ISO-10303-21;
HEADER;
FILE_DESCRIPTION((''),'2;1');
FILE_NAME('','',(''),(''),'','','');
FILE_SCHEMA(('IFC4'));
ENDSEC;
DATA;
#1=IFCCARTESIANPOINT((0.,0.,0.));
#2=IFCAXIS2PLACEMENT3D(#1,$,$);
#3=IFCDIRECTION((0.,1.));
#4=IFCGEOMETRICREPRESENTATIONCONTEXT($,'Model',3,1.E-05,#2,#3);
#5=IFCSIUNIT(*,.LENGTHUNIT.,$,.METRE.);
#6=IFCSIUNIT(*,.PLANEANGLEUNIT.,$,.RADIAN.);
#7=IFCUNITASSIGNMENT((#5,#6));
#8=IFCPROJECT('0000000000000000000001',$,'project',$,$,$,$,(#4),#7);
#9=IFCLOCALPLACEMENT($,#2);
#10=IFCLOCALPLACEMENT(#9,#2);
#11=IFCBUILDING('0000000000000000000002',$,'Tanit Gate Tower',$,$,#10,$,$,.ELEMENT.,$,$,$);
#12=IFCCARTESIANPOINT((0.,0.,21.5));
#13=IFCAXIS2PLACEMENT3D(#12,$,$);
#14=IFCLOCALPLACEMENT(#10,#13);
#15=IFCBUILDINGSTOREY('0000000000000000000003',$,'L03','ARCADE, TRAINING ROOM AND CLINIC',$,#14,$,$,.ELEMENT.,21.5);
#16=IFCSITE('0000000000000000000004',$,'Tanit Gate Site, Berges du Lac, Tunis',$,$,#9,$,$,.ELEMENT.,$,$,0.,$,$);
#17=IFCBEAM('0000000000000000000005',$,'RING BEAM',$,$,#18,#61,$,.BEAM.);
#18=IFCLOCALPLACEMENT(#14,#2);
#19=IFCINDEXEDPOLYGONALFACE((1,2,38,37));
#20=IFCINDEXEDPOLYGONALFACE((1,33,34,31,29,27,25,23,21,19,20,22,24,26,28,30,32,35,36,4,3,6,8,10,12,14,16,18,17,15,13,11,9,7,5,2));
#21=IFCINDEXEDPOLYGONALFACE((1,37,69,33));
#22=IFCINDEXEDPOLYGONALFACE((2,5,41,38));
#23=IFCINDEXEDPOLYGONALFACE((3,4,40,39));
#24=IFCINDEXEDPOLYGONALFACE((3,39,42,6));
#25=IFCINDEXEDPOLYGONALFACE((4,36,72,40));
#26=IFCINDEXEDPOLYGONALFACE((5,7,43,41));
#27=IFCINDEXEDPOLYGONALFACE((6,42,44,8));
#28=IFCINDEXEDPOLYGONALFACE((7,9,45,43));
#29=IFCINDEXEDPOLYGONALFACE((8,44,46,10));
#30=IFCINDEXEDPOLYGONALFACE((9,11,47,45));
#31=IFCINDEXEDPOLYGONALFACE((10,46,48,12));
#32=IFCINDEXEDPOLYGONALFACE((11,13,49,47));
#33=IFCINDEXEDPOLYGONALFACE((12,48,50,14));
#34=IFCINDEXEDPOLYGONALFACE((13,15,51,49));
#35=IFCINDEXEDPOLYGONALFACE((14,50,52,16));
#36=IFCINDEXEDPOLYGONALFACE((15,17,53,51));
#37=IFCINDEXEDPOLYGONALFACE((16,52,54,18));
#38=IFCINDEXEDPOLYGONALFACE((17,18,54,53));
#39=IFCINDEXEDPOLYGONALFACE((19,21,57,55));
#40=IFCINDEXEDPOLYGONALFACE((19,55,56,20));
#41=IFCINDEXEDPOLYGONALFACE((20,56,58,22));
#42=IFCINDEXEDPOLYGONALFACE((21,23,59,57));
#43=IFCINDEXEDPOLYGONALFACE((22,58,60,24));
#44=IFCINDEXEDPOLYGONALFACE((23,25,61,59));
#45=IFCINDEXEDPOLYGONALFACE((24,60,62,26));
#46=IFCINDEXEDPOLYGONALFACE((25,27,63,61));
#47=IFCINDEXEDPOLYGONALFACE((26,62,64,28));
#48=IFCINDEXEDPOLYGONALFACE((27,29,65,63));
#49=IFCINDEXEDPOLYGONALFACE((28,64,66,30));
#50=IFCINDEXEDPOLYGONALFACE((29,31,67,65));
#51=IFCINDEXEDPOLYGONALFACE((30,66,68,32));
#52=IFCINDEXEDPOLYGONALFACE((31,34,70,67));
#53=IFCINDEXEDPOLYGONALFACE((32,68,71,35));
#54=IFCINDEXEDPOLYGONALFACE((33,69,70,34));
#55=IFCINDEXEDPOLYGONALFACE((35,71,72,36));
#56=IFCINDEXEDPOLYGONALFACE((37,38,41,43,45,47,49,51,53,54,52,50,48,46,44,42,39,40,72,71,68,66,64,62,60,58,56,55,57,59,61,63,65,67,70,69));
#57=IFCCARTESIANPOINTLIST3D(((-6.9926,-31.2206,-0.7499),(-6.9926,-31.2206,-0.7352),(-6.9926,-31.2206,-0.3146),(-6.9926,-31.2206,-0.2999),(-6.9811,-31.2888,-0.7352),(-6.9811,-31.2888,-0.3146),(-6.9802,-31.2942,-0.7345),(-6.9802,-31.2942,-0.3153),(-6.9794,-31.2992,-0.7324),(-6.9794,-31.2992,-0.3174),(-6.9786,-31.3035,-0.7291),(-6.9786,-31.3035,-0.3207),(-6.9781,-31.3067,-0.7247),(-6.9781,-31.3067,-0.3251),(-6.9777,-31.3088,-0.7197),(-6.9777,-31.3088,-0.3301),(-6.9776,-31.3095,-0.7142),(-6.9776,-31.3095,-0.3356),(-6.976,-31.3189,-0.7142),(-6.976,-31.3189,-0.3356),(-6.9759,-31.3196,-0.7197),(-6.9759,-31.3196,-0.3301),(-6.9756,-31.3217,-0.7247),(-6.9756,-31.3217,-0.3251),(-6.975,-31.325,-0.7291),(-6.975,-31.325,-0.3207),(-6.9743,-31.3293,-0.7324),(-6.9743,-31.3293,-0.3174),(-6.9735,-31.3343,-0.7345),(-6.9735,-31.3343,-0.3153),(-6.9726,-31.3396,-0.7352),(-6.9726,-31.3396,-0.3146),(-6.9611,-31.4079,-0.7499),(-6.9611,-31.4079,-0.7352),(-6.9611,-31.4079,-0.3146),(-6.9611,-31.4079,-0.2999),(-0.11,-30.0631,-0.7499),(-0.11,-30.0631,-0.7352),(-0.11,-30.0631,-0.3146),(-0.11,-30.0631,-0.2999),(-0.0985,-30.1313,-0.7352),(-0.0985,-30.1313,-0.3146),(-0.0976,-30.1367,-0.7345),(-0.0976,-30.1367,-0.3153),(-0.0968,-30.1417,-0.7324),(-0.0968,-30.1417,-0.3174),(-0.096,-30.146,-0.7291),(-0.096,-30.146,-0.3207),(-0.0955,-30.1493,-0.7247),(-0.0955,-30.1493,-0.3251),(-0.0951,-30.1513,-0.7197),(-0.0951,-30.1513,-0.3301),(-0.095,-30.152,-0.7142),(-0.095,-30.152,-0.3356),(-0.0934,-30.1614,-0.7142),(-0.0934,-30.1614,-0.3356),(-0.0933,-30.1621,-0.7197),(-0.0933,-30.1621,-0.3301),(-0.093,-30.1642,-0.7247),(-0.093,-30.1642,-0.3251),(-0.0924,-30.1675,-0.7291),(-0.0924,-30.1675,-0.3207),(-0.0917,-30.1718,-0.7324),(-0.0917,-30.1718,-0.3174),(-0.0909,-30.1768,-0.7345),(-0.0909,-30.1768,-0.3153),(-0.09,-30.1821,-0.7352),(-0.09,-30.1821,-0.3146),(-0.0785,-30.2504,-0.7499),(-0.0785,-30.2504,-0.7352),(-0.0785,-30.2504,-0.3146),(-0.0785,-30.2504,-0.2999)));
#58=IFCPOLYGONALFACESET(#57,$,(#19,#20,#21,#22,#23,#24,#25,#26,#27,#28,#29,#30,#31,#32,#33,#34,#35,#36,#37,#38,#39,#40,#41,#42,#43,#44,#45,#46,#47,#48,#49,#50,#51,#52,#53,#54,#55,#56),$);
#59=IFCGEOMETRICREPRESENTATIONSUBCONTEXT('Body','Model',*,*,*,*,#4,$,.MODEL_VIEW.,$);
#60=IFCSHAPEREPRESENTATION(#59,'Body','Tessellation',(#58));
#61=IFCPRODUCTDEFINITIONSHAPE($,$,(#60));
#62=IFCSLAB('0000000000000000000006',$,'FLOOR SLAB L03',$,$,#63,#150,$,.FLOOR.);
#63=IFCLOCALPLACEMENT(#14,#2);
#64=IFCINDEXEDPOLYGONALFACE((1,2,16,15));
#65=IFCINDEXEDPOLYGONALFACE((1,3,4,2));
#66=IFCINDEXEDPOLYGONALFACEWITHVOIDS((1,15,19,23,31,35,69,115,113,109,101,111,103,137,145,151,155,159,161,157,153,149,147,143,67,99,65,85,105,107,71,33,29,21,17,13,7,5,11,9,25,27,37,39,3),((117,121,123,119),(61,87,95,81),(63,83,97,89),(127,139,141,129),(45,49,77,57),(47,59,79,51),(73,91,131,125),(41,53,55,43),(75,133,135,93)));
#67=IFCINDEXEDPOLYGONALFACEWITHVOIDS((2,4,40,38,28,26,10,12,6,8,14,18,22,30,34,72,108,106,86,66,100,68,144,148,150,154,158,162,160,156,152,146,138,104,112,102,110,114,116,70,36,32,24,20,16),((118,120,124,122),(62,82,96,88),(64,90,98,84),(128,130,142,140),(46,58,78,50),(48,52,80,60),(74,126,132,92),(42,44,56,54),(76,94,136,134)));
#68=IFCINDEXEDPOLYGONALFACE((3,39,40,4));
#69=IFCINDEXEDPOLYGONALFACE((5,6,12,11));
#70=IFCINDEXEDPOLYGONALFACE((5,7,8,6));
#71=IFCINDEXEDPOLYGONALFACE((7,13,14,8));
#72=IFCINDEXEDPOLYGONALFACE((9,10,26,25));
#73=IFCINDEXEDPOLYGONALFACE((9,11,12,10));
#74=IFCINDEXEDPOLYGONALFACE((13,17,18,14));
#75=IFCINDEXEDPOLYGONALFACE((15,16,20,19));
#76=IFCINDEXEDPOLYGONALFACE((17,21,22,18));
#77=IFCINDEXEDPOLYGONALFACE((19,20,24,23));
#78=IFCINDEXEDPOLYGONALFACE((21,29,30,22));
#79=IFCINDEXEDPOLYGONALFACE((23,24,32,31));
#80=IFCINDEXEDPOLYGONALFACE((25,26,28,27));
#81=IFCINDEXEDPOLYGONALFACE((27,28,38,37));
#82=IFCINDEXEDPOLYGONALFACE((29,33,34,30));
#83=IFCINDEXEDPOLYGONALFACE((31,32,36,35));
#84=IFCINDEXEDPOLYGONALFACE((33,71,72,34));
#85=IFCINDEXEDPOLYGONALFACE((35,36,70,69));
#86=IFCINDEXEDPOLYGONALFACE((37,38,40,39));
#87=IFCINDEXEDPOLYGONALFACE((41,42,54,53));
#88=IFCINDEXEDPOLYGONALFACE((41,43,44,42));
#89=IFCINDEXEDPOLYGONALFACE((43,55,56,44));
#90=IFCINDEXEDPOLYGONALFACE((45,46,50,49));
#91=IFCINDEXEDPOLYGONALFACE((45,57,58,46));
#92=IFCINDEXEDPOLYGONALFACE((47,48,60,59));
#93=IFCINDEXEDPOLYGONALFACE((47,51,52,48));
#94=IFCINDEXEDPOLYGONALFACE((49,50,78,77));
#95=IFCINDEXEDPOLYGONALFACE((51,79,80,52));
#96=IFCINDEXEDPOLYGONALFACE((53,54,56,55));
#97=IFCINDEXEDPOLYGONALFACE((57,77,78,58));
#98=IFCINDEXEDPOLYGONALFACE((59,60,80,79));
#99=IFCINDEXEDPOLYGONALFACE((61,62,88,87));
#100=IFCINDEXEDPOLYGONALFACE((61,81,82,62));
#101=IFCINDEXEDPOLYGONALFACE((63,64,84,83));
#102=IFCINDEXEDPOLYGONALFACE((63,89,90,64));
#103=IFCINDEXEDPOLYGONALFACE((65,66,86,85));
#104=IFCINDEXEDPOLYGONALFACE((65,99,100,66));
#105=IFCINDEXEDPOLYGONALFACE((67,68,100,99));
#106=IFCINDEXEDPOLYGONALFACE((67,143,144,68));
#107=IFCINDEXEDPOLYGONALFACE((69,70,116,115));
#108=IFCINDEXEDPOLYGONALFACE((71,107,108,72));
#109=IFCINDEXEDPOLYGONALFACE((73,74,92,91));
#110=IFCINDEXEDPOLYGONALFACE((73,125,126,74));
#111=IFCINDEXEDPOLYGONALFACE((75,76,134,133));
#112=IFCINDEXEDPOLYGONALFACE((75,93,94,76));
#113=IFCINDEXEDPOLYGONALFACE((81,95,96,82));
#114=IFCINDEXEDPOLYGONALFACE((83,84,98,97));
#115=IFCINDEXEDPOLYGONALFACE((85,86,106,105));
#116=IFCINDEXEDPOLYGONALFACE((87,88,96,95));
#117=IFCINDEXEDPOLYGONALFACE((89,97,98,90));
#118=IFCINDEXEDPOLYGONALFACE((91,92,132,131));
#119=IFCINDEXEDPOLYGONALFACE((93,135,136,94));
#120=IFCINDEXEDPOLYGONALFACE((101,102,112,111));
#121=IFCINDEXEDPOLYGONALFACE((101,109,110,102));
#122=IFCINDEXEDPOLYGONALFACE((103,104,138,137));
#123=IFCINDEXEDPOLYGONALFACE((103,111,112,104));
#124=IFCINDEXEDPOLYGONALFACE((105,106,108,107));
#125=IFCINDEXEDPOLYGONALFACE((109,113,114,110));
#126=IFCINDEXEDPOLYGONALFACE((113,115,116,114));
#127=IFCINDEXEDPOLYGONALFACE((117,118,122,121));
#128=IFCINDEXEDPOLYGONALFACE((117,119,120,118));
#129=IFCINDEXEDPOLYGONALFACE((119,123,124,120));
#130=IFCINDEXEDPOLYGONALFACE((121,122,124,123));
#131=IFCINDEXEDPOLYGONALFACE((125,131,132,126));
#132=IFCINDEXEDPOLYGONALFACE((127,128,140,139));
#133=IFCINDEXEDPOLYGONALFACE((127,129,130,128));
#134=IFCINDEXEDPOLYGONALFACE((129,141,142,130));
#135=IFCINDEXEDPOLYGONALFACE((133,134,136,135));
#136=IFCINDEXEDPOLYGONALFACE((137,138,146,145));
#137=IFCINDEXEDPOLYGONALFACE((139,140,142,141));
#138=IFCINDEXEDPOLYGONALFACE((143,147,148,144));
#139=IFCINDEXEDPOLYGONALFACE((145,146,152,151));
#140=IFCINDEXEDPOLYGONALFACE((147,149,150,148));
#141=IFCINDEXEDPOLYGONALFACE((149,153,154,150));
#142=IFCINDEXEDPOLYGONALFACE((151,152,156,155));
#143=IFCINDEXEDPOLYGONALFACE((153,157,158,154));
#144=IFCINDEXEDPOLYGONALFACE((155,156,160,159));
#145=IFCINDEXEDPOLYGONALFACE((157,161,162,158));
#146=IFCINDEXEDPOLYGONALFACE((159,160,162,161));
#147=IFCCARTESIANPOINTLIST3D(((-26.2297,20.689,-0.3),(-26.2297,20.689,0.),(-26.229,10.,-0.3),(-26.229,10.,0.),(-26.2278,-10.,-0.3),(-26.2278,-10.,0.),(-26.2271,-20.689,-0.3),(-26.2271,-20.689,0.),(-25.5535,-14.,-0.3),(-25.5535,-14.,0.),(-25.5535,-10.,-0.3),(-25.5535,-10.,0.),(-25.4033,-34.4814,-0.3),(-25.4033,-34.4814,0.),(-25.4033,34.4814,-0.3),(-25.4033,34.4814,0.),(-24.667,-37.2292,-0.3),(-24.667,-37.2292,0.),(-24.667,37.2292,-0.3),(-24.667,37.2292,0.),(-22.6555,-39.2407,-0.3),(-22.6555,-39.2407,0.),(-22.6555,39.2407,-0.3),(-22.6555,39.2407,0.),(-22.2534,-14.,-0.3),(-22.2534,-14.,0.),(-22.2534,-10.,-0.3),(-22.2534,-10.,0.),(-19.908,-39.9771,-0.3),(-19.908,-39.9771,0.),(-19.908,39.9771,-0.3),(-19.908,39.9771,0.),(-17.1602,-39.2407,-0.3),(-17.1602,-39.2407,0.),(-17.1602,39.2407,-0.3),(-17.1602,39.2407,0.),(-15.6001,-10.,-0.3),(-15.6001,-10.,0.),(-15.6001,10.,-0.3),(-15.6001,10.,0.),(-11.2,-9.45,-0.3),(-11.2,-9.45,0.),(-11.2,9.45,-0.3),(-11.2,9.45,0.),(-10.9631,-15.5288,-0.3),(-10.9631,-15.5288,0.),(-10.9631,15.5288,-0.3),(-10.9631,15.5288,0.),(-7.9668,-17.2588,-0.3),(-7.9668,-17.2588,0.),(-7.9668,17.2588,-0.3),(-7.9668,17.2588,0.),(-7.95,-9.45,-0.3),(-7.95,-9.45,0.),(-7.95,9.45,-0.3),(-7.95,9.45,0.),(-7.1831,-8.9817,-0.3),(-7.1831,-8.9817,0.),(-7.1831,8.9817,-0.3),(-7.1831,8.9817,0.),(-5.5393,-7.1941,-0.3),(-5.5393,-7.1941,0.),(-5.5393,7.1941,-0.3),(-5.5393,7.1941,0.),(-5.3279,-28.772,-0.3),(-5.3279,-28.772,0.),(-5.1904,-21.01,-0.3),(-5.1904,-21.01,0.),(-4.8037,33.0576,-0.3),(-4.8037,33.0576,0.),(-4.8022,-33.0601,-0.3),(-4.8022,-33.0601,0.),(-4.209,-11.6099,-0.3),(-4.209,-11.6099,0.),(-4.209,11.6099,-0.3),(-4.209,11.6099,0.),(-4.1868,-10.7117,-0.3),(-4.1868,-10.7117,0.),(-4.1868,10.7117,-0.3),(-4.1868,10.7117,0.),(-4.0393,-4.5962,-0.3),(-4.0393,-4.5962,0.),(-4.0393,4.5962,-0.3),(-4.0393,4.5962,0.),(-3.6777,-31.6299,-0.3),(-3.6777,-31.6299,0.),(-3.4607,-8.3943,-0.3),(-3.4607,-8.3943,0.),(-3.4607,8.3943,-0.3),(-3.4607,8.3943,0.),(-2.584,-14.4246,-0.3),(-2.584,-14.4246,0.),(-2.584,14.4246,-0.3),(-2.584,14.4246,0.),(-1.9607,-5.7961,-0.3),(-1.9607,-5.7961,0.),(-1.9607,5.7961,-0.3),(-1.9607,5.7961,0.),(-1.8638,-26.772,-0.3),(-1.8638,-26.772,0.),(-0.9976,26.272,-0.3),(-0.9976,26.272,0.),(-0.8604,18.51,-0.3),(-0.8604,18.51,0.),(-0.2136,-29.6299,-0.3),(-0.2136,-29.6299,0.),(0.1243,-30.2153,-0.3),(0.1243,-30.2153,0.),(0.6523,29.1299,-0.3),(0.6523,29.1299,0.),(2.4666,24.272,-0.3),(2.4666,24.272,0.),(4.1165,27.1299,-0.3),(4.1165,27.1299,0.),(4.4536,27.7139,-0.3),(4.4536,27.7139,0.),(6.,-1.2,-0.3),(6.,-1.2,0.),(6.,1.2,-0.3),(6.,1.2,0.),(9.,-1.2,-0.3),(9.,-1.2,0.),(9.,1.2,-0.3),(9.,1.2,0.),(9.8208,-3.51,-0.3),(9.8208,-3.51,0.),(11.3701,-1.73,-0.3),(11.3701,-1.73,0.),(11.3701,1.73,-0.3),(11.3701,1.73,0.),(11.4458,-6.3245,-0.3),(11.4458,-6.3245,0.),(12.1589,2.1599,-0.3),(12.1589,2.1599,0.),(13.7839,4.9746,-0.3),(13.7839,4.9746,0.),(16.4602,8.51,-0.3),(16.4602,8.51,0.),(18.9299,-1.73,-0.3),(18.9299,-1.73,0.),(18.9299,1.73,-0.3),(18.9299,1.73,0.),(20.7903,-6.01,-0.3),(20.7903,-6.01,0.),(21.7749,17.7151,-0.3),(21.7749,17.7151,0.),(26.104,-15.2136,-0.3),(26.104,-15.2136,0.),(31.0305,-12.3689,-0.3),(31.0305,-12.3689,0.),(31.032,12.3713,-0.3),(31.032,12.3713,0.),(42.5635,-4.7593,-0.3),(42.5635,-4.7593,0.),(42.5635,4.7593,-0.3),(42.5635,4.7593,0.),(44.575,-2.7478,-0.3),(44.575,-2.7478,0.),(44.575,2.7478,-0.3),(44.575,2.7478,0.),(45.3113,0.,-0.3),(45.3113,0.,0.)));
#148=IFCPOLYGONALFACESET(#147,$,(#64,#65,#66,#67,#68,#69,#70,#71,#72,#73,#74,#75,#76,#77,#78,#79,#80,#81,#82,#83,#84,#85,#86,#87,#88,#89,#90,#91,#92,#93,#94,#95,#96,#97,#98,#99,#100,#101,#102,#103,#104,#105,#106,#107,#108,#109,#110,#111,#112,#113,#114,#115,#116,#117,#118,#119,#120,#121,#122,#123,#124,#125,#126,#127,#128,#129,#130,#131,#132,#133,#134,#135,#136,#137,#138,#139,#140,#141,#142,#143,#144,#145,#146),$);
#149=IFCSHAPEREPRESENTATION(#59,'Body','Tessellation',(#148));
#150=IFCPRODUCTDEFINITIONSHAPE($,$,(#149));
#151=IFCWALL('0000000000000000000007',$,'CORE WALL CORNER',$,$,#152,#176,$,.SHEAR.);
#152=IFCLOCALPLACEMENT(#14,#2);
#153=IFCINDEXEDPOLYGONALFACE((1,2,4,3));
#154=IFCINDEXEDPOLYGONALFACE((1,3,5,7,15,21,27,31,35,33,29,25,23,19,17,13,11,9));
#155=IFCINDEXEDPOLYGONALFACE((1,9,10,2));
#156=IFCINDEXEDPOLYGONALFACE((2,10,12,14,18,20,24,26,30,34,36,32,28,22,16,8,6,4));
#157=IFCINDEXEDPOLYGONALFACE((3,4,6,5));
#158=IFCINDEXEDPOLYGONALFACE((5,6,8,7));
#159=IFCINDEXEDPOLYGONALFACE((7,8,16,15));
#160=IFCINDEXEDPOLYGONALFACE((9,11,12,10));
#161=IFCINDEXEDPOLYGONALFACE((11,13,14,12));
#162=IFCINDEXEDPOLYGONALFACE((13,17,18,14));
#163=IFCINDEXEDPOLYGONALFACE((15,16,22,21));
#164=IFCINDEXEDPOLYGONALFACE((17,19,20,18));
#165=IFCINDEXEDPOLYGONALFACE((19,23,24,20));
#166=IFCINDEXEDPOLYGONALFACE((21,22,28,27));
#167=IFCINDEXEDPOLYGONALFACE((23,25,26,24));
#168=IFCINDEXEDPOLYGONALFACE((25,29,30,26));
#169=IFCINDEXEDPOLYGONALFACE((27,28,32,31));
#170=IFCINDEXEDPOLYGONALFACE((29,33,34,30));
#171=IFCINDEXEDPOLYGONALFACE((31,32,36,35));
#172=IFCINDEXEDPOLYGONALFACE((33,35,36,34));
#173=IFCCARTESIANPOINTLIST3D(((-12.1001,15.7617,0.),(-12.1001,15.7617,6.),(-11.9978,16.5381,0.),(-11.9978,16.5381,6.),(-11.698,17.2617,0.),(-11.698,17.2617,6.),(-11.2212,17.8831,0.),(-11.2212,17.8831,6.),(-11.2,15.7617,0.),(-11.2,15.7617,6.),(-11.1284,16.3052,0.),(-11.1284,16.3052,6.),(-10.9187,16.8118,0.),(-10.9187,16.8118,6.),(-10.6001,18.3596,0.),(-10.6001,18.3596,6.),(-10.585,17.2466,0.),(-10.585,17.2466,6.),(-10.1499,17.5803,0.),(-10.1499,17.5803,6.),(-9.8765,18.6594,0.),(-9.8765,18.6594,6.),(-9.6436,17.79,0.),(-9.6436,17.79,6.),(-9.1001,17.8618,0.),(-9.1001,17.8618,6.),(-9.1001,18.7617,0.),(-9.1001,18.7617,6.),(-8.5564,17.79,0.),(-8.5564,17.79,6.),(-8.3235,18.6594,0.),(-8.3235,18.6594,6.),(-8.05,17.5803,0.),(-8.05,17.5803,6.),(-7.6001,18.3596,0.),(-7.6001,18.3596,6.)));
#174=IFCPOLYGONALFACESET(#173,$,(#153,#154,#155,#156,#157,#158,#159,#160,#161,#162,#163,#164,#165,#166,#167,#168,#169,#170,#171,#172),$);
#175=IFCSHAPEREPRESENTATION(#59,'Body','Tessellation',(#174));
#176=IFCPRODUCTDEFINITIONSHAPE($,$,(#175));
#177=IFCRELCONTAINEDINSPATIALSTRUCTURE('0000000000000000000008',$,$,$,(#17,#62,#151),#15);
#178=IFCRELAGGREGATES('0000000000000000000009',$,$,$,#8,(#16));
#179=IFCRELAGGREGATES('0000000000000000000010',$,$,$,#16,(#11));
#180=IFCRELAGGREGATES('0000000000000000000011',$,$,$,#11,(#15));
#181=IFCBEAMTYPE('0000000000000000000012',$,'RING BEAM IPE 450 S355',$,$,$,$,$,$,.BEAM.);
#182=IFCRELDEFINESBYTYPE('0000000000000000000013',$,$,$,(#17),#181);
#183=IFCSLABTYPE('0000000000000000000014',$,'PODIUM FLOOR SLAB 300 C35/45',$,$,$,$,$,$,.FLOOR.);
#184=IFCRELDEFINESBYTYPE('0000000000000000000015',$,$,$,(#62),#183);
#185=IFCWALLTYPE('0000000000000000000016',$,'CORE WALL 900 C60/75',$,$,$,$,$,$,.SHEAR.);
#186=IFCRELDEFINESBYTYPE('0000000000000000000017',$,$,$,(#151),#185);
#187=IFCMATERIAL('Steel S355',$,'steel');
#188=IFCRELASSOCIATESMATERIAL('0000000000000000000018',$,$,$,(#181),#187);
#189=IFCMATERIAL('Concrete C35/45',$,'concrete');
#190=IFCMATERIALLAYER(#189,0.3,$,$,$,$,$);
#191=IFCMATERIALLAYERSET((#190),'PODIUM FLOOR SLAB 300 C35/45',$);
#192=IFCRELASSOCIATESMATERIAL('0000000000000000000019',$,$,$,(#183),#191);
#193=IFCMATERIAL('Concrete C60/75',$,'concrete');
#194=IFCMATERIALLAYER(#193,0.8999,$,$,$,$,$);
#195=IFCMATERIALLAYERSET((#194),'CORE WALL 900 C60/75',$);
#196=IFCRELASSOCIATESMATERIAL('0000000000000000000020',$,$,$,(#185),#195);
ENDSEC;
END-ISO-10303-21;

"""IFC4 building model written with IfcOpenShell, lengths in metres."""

from ifc_helpers import new_model, si_unit, direction, frame, origin, origin_2d, place, context, subcontext, project, spatial, polyline, i_section, outline, extrude, material, layer, layer_set, material_profile, profile_set, type_object, element, save


model = new_model("IFC4")

# Units and contexts
model_context = context("Model", 3, precision=1e-05, world=origin(), true_north=direction((0.0, 1.0)))
body_context = subcontext(model_context, "Body", "Model", "MODEL_VIEW")
ifc_project = project(units=[si_unit("LENGTHUNIT", "METRE"), si_unit("PLANEANGLEUNIT", "RADIAN")], contexts=[model_context])

# Site, building, storey
site_placement = place(None, origin())
site = spatial("IfcSite", under=ifc_project, at=site_placement, Name="Tanit Gate Site, Berges du Lac, Tunis", CompositionType="ELEMENT", RefElevation=0.0)
building_placement = place(site_placement, origin())
building = spatial("IfcBuilding", under=site, at=building_placement, Name="Tanit Gate Tower", CompositionType="ELEMENT")
storey_placement = place(building_placement, frame((0.0, 0.0, 21.5)))
storey = spatial("IfcBuildingStorey", under=building, at=storey_placement, Name="L03", Description="ARCADE, TRAINING ROOM AND CLINIC", CompositionType="ELEMENT", Elevation=21.5)

# Beam
ifc_material_1 = material(Name="Steel S355", Category="steel")
ifc_material_profile = material_profile(ifc_material_1, i_section(OverallWidth=0.1899, OverallDepth=0.45, WebThickness=0.0095, FlangeThickness=0.0146, FilletRadius=0.021, at=origin_2d()), Name="IPE 450")
ifc_profile_set = profile_set([ifc_material_profile], Name="Steel S355")
beam_type = type_object("IfcBeamType", Name="RING BEAM IPE 450 S355", PredefinedType="BEAM", material=ifc_profile_set)
beam_placement = place(storey_placement, frame((-0.0942, -30.1567, -0.5249), z_axis=(-0.986152, -0.165845, 0.0), x_axis=(0.165845, -0.986152, 0.0)))
element("IfcBeam", 1, at=beam_placement, inside=storey, type_object=beam_type, Name="RING BEAM", PredefinedType="BEAM", context=body_context, shape_type="SweptSolid", body=[
    extrude(i_section(OverallWidth=0.1899, OverallDepth=0.45, WebThickness=0.0095, FlangeThickness=0.0146, FilletRadius=0.021, at=origin_2d()), origin(), (0.0, 0.0, 1.0), 6.9792),
])

# Slab
ifc_material_2 = material(Name="Concrete C35/45", Category="concrete")
ifc_layer_1 = layer(ifc_material_2, 0.3)
ifc_layer_set_1 = layer_set([ifc_layer_1], Name="PODIUM FLOOR SLAB 300 C35/45")
slab_type = type_object("IfcSlabType", Name="PODIUM FLOOR SLAB 300 C35/45", PredefinedType="FLOOR", material=ifc_layer_set_1)
slab_placement = place(storey_placement, frame((0.0, 0.0, -0.3)))
element("IfcSlab", 2, at=slab_placement, inside=storey, type_object=slab_type, Name="FLOOR SLAB L03", PredefinedType="FLOOR", context=body_context, shape_type="SweptSolid", body=[
    extrude(outline(polyline([(42.5635, 4.7593), (44.575, 2.7478), (45.3113, 0.0), (44.575, -2.7478), (42.5635, -4.7593), (31.0305, -12.3689), (26.104, -15.2136), (20.7903, -6.01), (-5.1904, -21.01), (-1.8638, -26.772), (-5.3279, -28.772), (-3.6777, -31.6299), (-0.2136, -29.6299), (0.1243, -30.2153), (-4.8022, -33.0601), (-17.1602, -39.2407), (-19.908, -39.9771), (-22.6555, -39.2407), (-24.667, -37.2292), (-25.4033, -34.4814), (-26.2271, -20.689), (-26.2278, -10.0), (-25.5535, -10.0), (-25.5535, -14.0), (-22.2534, -14.0), (-22.2534, -10.0), (-15.6001, -10.0), (-15.6001, 10.0), (-26.229, 10.0), (-26.2297, 20.689), (-25.4033, 34.4814), (-24.667, 37.2292), (-22.6555, 39.2407), (-19.908, 39.9771), (-17.1602, 39.2407), (-4.8037, 33.0576), (4.4536, 27.7139), (4.1165, 27.1299), (0.6523, 29.1299), (-0.9976, 26.272), (2.4666, 24.272), (-0.8604, 18.51), (16.4602, 8.51), (21.7749, 17.7151), (31.032, 12.3713), (42.5635, 4.7593)]), holes=[polyline([(18.9299, 1.73), (18.9299, -1.73), (11.3701, -1.73), (11.3701, 1.73), (18.9299, 1.73)]), polyline([(-4.209, 11.6099), (-2.584, 14.4246), (13.7839, 4.9746), (12.1589, 2.1599), (-4.209, 11.6099)]), polyline([(-4.209, -11.6099), (9.8208, -3.51), (11.4458, -6.3245), (-2.584, -14.4246), (-4.209, -11.6099)]), polyline([(9.0, 1.2), (9.0, -1.2), (6.0, -1.2), (6.0, 1.2), (9.0, 1.2)]), polyline([(-5.5393, 7.1941), (-3.4607, 8.3943), (-1.9607, 5.7961), (-4.0393, 4.5962), (-5.5393, 7.1941)]), polyline([(-3.4607, -8.3943), (-5.5393, -7.1941), (-4.0393, -4.5962), (-1.9607, -5.7961), (-3.4607, -8.3943)]), polyline([(-7.1831, 8.9817), (-10.9631, 15.5288), (-7.9668, 17.2588), (-4.1868, 10.7117), (-7.1831, 8.9817)]), polyline([(-4.1868, -10.7117), (-7.9668, -17.2588), (-10.9631, -15.5288), (-7.1831, -8.9817), (-4.1868, -10.7117)]), polyline([(-11.2, -9.45), (-11.2, 9.45), (-7.95, 9.45), (-7.95, -9.45), (-11.2, -9.45)])]), origin(), (0.0, 0.0, 1.0), 0.3),
])

# Wall
ifc_material_3 = material(Name="Concrete C60/75", Category="concrete")
ifc_layer_2 = layer(ifc_material_3, 0.8999)
ifc_layer_set_2 = layer_set([ifc_layer_2], Name="CORE WALL 900 C60/75")
wall_type_1 = type_object("IfcWallType", Name="CORE WALL 900 C60/75", PredefinedType="SHEAR", material=ifc_layer_set_2)
wall_1_placement = place(storey_placement, origin())
element("IfcWall", 3, at=wall_1_placement, inside=storey, type_object=wall_type_1, Name="CORE WALL CORNER", PredefinedType="SHEAR", context=body_context, shape_type="SweptSolid", body=[
    extrude(outline(polyline([(-7.6001, 18.3596), (-8.3235, 18.6594), (-9.1001, 18.7617), (-9.8765, 18.6594), (-10.6001, 18.3596), (-11.2212, 17.8831), (-11.698, 17.2617), (-11.9978, 16.5381), (-12.1001, 15.7617), (-11.2, 15.7617), (-11.1284, 16.3052), (-10.9187, 16.8118), (-10.585, 17.2466), (-10.1499, 17.5803), (-9.6436, 17.79), (-9.1001, 17.8618), (-8.5564, 17.79), (-8.05, 17.5803), (-7.6001, 18.3596)])), origin(), (0.0, 0.0, 1.0), 6.0),
])

save(model, "model.ifc")
